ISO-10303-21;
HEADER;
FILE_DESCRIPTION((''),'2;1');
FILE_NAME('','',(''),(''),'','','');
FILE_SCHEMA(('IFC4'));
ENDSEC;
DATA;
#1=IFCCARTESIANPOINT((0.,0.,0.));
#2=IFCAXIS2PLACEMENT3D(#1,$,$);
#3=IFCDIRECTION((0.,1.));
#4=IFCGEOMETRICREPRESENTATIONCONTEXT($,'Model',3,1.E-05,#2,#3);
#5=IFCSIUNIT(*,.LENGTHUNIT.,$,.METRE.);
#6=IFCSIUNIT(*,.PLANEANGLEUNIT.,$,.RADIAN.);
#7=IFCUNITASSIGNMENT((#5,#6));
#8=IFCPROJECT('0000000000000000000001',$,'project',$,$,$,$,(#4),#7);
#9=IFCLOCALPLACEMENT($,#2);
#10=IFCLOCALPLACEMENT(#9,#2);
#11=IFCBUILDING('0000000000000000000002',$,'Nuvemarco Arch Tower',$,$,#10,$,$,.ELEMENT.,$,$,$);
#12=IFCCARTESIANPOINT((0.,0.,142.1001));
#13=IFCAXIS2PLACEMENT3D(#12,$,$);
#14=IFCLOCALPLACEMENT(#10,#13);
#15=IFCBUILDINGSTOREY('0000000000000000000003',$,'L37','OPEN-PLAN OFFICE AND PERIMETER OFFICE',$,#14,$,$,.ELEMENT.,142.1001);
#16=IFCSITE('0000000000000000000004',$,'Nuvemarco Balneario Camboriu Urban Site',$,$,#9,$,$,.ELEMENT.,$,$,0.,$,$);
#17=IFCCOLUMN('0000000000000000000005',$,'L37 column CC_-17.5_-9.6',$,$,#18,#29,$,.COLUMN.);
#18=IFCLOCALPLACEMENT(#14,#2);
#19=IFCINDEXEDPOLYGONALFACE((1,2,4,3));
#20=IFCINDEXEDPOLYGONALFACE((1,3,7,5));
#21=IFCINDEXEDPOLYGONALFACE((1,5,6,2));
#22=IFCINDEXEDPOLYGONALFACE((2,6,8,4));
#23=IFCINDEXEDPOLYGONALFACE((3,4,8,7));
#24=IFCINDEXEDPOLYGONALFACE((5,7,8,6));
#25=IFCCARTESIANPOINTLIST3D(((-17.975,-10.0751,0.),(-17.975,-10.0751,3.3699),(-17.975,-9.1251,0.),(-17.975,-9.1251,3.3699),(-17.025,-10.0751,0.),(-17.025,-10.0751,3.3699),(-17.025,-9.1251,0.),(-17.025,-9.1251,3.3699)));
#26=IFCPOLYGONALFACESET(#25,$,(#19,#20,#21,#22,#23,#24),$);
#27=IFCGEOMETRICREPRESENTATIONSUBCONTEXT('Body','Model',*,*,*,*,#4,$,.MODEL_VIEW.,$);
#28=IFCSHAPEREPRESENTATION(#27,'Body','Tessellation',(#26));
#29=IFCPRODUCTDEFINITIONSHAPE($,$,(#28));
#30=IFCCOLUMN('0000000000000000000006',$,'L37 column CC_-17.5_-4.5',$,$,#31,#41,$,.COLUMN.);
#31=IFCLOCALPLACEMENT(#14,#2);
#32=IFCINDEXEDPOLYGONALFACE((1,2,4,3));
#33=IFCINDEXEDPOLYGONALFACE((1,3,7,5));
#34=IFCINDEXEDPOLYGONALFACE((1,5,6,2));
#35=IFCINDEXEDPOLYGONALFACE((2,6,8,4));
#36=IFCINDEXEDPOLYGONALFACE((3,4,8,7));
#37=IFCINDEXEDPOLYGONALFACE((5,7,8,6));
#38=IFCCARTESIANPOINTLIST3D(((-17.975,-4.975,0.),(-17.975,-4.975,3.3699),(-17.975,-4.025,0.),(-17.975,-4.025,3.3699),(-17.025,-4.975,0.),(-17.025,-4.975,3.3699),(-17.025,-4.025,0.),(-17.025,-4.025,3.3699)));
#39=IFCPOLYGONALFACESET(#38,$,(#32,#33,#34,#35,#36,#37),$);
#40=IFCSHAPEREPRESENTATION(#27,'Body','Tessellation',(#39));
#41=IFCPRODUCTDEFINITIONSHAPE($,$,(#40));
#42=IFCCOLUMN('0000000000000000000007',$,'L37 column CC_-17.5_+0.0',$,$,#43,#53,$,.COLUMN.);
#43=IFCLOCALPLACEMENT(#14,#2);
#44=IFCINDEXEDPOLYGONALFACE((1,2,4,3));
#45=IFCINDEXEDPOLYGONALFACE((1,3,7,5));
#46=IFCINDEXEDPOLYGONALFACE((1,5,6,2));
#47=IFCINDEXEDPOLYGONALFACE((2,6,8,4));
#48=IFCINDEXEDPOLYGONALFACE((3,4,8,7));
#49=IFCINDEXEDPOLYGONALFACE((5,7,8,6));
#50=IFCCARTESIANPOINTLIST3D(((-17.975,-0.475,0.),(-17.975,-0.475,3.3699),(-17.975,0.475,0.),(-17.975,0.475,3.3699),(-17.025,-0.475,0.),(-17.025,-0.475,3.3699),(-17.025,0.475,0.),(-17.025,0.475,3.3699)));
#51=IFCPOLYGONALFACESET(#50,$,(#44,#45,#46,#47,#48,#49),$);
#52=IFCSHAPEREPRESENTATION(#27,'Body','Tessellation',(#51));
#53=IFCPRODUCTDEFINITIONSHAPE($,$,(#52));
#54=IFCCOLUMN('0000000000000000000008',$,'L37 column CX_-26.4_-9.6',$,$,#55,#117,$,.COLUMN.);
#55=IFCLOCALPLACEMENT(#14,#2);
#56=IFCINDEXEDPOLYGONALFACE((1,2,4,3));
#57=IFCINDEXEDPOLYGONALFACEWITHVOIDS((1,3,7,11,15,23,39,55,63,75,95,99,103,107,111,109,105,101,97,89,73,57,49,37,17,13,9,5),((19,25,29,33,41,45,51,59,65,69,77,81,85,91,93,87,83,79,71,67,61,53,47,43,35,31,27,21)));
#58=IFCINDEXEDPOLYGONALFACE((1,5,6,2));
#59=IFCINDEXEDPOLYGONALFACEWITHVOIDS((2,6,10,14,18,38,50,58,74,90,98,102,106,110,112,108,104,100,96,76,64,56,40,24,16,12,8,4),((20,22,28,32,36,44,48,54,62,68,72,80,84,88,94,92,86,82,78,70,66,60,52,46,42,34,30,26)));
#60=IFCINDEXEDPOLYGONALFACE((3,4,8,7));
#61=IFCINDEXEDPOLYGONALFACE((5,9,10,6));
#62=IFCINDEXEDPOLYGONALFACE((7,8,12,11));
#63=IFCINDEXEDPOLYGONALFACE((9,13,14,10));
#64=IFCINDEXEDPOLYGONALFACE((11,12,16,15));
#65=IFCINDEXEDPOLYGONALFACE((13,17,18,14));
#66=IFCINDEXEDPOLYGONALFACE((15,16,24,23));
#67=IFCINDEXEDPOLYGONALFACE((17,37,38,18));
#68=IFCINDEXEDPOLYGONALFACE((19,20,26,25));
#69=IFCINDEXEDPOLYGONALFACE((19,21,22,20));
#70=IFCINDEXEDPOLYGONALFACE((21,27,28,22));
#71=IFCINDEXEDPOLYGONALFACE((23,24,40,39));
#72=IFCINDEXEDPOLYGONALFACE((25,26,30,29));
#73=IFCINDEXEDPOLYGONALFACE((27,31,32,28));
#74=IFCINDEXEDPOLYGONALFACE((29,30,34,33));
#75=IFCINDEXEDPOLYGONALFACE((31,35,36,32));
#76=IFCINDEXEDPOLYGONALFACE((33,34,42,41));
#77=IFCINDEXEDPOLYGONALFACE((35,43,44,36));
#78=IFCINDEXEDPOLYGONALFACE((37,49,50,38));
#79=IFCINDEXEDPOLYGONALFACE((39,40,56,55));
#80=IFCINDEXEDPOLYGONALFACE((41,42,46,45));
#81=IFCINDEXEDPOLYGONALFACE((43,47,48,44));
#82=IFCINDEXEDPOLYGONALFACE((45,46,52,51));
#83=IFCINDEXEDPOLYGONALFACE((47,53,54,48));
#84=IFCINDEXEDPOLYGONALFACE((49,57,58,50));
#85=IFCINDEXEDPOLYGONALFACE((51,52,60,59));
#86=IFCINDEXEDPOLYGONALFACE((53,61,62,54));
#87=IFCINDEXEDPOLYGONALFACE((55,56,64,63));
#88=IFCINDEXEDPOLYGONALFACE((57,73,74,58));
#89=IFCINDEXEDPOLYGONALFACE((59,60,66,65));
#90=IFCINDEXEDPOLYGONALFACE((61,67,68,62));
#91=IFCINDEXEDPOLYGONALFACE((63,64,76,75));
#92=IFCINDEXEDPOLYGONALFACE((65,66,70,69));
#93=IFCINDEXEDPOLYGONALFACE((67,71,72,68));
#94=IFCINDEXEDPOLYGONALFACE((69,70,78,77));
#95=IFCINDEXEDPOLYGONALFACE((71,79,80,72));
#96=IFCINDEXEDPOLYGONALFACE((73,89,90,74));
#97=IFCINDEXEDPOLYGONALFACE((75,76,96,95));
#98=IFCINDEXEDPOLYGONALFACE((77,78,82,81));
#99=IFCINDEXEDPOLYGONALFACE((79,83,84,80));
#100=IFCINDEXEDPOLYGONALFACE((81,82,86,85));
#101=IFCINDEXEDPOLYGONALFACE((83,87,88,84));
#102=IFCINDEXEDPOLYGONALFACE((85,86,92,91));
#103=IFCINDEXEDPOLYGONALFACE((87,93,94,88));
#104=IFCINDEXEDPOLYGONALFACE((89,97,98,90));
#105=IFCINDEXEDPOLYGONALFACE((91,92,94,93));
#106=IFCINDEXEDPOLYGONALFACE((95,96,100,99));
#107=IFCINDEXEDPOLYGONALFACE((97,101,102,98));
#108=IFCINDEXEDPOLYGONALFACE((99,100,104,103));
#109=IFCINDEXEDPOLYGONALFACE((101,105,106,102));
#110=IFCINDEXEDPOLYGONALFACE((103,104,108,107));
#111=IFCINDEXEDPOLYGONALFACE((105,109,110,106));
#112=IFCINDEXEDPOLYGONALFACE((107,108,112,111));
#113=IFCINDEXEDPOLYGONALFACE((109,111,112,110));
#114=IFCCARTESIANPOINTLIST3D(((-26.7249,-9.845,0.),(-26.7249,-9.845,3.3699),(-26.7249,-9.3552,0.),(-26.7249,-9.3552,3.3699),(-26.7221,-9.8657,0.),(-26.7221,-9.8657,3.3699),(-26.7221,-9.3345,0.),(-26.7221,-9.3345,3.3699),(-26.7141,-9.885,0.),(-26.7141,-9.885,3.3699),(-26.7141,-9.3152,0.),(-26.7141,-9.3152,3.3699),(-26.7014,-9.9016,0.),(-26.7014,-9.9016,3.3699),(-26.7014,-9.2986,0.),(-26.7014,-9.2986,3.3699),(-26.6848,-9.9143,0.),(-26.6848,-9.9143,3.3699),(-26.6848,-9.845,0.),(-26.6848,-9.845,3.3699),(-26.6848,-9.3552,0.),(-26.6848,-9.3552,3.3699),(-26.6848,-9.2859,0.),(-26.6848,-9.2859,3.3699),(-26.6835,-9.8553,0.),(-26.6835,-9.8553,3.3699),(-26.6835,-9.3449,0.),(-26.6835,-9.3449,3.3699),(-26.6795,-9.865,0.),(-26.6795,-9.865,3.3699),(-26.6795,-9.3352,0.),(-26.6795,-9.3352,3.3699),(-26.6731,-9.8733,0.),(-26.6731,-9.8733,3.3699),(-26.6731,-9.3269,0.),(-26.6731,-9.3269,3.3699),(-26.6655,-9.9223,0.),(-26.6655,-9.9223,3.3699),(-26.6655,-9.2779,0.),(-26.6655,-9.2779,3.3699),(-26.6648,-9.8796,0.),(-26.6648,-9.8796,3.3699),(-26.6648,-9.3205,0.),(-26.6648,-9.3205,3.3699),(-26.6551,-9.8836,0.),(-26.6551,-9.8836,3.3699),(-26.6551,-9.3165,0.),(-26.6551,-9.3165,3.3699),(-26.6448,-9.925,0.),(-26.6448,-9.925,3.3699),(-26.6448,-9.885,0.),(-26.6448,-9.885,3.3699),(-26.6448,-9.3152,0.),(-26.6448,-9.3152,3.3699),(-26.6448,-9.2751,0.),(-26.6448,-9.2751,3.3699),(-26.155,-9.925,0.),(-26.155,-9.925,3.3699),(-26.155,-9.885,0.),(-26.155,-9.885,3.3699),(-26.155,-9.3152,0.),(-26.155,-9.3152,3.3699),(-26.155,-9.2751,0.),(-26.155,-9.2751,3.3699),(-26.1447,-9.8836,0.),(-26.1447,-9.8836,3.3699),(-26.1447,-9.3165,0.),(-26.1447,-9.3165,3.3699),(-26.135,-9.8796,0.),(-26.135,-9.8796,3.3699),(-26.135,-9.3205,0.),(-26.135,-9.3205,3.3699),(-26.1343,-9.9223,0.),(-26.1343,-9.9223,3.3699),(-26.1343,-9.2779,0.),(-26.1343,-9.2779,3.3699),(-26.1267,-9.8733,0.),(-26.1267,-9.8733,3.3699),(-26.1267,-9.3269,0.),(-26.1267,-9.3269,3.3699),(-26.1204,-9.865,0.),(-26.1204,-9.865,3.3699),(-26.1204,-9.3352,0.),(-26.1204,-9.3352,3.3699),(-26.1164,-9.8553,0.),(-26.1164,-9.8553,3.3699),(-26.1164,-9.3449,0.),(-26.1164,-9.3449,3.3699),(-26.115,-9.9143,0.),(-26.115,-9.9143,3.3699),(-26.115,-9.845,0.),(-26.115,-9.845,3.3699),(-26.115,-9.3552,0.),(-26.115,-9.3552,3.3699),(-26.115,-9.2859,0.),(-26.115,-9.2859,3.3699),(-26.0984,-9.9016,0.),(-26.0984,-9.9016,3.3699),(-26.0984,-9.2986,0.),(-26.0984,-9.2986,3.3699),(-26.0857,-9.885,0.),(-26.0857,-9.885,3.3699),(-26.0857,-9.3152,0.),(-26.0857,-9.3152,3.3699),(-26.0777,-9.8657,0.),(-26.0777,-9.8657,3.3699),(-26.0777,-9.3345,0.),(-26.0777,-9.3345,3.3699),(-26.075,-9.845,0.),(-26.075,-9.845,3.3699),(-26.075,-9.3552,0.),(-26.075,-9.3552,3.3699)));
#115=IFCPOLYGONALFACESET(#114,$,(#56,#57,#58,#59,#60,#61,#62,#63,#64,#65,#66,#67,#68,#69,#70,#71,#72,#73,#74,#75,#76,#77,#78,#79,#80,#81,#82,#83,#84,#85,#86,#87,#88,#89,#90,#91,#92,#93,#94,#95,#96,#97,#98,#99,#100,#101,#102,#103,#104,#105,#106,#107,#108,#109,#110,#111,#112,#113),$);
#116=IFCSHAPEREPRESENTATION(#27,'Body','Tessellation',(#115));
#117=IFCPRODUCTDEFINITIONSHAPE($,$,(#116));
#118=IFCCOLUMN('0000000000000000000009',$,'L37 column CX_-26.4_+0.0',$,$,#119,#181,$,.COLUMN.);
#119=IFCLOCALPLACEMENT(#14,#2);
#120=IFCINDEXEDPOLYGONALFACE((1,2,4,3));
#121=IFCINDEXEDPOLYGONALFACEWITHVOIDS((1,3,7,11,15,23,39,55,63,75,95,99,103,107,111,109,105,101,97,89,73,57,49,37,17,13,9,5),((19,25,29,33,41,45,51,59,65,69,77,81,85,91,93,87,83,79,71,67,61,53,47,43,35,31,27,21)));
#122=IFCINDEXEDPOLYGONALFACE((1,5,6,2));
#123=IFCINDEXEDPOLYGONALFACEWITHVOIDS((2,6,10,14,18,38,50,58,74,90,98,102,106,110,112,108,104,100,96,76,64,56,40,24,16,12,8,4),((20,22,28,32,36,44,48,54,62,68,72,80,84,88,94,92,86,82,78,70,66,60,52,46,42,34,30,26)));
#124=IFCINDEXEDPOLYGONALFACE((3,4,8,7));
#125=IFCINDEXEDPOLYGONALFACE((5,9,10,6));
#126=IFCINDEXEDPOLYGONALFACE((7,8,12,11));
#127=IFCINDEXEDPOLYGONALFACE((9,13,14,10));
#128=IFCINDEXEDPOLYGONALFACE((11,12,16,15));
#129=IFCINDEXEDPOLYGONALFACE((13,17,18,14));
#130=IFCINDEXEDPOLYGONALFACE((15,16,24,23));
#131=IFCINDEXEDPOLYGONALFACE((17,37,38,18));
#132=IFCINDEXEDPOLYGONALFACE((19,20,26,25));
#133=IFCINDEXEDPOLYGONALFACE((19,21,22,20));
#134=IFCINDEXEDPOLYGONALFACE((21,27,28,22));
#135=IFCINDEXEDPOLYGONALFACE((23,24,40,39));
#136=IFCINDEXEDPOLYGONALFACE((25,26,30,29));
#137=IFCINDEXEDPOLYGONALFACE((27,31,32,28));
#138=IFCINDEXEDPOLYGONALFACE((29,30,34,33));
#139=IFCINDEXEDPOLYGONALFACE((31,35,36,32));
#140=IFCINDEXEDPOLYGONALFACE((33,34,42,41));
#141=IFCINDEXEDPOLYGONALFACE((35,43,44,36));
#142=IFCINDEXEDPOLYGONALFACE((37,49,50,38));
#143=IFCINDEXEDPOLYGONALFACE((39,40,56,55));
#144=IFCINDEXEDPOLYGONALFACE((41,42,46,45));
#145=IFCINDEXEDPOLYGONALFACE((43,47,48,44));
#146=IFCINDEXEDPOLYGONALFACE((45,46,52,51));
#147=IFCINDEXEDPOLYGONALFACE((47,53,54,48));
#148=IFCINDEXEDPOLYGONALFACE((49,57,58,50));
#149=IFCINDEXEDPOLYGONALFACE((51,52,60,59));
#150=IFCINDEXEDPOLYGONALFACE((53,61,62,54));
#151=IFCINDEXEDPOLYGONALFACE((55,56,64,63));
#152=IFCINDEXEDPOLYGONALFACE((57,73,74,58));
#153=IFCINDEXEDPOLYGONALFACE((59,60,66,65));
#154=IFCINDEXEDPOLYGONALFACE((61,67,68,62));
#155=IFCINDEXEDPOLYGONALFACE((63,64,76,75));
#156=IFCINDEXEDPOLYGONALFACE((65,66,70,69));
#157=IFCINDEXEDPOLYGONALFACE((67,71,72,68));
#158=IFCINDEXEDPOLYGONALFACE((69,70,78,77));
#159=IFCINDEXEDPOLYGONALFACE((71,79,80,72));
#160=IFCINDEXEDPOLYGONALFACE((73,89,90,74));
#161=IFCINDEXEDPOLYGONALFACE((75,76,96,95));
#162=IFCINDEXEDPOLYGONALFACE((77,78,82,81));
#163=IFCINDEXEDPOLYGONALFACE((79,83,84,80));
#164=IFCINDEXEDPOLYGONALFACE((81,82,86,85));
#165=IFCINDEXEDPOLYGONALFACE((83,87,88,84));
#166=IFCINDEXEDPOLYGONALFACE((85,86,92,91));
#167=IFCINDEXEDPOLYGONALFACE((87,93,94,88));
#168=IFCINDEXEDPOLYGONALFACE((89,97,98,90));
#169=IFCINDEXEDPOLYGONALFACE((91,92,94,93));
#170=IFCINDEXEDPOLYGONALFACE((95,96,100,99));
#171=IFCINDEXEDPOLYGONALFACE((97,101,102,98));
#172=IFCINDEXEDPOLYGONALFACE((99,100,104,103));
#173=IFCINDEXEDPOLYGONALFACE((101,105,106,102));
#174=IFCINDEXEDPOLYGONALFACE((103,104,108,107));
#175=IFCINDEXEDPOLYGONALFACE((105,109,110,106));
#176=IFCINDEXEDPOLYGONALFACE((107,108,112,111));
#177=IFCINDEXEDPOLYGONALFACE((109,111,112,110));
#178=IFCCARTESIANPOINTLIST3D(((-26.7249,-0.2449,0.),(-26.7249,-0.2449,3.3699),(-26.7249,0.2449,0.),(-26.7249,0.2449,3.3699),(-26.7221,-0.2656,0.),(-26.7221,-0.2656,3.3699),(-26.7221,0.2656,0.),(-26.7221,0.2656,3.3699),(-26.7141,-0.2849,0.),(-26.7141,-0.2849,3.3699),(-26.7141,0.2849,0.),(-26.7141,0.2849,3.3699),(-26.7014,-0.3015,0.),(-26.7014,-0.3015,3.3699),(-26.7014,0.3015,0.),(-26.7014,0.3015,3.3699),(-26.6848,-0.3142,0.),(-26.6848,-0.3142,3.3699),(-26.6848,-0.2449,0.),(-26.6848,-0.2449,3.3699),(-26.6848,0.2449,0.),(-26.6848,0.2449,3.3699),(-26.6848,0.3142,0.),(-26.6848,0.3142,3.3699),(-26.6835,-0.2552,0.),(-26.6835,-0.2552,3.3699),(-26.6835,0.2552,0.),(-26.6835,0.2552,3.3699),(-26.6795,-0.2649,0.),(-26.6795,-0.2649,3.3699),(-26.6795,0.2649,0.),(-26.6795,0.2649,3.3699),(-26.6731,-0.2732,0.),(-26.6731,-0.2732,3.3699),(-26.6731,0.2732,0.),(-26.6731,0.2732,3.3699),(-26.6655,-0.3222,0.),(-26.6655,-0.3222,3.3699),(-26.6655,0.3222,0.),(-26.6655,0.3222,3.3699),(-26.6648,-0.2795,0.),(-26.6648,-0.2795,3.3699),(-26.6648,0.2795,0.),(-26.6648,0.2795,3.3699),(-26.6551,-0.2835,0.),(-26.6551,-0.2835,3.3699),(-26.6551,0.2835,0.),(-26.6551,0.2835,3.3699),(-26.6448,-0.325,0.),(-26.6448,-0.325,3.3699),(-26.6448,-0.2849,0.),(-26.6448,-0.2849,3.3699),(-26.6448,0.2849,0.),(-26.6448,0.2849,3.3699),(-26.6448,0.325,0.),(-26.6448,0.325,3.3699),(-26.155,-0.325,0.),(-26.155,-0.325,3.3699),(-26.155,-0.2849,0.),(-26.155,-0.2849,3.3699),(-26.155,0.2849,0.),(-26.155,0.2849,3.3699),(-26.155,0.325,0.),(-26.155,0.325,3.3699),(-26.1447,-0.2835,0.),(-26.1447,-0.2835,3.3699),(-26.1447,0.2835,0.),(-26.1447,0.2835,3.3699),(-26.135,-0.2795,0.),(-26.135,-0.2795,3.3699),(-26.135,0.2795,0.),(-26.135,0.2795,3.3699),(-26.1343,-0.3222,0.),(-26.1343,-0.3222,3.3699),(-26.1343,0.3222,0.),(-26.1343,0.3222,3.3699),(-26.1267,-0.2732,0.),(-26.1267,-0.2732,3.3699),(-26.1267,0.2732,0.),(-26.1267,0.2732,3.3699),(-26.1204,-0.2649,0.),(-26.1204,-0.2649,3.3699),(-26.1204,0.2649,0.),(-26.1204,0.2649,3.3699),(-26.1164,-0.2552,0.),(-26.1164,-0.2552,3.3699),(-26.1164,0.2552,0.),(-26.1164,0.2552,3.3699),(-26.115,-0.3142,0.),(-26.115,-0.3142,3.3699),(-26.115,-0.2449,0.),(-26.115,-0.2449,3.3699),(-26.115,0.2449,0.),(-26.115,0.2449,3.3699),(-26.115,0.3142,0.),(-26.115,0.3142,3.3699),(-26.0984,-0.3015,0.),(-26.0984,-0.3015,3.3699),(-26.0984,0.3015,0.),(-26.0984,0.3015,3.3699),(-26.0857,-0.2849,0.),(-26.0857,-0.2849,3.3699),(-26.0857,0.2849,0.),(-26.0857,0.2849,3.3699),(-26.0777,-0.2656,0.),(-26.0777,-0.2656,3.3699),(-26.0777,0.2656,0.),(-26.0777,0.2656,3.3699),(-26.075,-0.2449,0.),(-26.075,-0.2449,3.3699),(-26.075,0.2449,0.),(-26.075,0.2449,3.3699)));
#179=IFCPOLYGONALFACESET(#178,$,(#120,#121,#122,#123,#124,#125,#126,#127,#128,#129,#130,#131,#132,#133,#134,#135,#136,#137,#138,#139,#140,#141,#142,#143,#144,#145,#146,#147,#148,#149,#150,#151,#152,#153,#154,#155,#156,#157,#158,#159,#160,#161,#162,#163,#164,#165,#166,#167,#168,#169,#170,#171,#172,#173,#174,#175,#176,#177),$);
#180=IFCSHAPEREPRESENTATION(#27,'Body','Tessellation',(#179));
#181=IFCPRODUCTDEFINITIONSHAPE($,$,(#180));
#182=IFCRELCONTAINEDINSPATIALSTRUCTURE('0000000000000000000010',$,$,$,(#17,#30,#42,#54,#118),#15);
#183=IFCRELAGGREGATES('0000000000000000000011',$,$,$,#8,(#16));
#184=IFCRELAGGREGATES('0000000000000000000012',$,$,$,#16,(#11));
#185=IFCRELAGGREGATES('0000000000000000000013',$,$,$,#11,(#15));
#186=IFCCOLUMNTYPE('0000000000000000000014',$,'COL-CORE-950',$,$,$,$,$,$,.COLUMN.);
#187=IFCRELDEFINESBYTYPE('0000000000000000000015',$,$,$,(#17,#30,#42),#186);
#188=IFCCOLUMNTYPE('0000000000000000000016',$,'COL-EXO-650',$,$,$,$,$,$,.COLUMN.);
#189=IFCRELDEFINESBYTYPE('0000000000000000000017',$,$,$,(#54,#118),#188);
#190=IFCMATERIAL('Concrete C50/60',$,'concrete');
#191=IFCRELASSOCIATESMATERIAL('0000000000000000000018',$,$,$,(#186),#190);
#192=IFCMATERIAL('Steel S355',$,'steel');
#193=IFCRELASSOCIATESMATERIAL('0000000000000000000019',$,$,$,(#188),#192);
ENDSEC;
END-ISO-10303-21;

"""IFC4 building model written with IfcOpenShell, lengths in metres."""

from ifc_helpers import new_model, si_unit, direction, frame, origin, origin_2d, place, context, subcontext, project, spatial, rectangle, hollow_rectangle, extrude, material, material_profile, profile_set, type_object, element, save


model = new_model("IFC4")

# Units and contexts
model_context = context("Model", 3, precision=1e-05, world=origin(), true_north=direction((0.0, 1.0)))
body_context = subcontext(model_context, "Body", "Model", "MODEL_VIEW")
ifc_project = project(units=[si_unit("LENGTHUNIT", "METRE"), si_unit("PLANEANGLEUNIT", "RADIAN")], contexts=[model_context])

# Site, building, storey
site_placement = place(None, origin())
site = spatial("IfcSite", under=ifc_project, at=site_placement, Name="Nuvemarco Balneario Camboriu Urban Site", CompositionType="ELEMENT", RefElevation=0.0)
building_placement = place(site_placement, origin())
building = spatial("IfcBuilding", under=site, at=building_placement, Name="Nuvemarco Arch Tower", CompositionType="ELEMENT")
storey_placement = place(building_placement, frame((0.0, 0.0, 142.1001)))
storey = spatial("IfcBuildingStorey", under=building, at=storey_placement, Name="L37", Description="OPEN-PLAN OFFICE AND PERIMETER OFFICE", CompositionType="ELEMENT", Elevation=142.1001)

# Columns
ifc_material_1 = material(Name="Concrete C50/60", Category="concrete")
ifc_material_profile_1 = material_profile(ifc_material_1, rectangle(XDim=0.95, YDim=0.95, at=origin_2d()), Name="RC-COL-950x950")
ifc_profile_set_1 = profile_set([ifc_material_profile_1], Name="Concrete C50/60")
column_type_1 = type_object("IfcColumnType", Name="COL-CORE-950", PredefinedType="COLUMN", material=ifc_profile_set_1)
for number, where, z_axis, x_axis, name in (
    (1, (-17.5, -9.6001, 0.0), (0.0, 0.0, 1.0), (1.0, 0.0, 0.0), "L37 column CC_-17.5_-9.6"),
    (2, (-17.5, -4.5, 0.0), (0.0, 0.0, 1.0), (1.0, 0.0, 0.0), "L37 column CC_-17.5_-4.5"),
    (3, (-17.5, 0.0, 0.0), (0.0, 0.0, 1.0), (1.0, 0.0, 0.0), "L37 column CC_-17.5_+0.0"),
):
    element("IfcColumn", number, at=place(storey_placement, frame(where, z_axis=z_axis, x_axis=x_axis)), inside=storey, type_object=column_type_1, Name=name, PredefinedType="COLUMN", context=body_context, shape_type="SweptSolid", body=[
        extrude(rectangle(XDim=0.95, YDim=0.95, at=origin_2d()), origin(), (0.0, 0.0, 1.0), 3.3699),
    ])
ifc_material_2 = material(Name="Steel S355", Category="steel")
ifc_material_profile_2 = material_profile(ifc_material_2, hollow_rectangle(XDim=0.6499, YDim=0.6499, WallThickness=0.04, InnerFilletRadius=0.04, OuterFilletRadius=0.0801, at=origin_2d()), Name="SHS650x650x40")
ifc_profile_set_2 = profile_set([ifc_material_profile_2], Name="Steel S355")
column_type_2 = type_object("IfcColumnType", Name="COL-EXO-650", PredefinedType="COLUMN", material=ifc_profile_set_2)
for number, where, z_axis, x_axis, name in (
    (4, (-26.3999, -9.6001, 0.0), (0.0, 0.0, 1.0), (1.0, 0.0, 0.0), "L37 column CX_-26.4_-9.6"),
    (5, (-26.3999, 0.0, 0.0), (0.0, 0.0, 1.0), (1.0, 0.0, 0.0), "L37 column CX_-26.4_+0.0"),
):
    element("IfcColumn", number, at=place(storey_placement, frame(where, z_axis=z_axis, x_axis=x_axis)), inside=storey, type_object=column_type_2, Name=name, PredefinedType="COLUMN", context=body_context, shape_type="SweptSolid", body=[
        extrude(hollow_rectangle(XDim=0.6499, YDim=0.6499, WallThickness=0.04, InnerFilletRadius=0.04, OuterFilletRadius=0.0801, at=origin_2d()), origin(), (0.0, 0.0, 1.0), 3.3699),
    ])

save(model, "model.ifc")
